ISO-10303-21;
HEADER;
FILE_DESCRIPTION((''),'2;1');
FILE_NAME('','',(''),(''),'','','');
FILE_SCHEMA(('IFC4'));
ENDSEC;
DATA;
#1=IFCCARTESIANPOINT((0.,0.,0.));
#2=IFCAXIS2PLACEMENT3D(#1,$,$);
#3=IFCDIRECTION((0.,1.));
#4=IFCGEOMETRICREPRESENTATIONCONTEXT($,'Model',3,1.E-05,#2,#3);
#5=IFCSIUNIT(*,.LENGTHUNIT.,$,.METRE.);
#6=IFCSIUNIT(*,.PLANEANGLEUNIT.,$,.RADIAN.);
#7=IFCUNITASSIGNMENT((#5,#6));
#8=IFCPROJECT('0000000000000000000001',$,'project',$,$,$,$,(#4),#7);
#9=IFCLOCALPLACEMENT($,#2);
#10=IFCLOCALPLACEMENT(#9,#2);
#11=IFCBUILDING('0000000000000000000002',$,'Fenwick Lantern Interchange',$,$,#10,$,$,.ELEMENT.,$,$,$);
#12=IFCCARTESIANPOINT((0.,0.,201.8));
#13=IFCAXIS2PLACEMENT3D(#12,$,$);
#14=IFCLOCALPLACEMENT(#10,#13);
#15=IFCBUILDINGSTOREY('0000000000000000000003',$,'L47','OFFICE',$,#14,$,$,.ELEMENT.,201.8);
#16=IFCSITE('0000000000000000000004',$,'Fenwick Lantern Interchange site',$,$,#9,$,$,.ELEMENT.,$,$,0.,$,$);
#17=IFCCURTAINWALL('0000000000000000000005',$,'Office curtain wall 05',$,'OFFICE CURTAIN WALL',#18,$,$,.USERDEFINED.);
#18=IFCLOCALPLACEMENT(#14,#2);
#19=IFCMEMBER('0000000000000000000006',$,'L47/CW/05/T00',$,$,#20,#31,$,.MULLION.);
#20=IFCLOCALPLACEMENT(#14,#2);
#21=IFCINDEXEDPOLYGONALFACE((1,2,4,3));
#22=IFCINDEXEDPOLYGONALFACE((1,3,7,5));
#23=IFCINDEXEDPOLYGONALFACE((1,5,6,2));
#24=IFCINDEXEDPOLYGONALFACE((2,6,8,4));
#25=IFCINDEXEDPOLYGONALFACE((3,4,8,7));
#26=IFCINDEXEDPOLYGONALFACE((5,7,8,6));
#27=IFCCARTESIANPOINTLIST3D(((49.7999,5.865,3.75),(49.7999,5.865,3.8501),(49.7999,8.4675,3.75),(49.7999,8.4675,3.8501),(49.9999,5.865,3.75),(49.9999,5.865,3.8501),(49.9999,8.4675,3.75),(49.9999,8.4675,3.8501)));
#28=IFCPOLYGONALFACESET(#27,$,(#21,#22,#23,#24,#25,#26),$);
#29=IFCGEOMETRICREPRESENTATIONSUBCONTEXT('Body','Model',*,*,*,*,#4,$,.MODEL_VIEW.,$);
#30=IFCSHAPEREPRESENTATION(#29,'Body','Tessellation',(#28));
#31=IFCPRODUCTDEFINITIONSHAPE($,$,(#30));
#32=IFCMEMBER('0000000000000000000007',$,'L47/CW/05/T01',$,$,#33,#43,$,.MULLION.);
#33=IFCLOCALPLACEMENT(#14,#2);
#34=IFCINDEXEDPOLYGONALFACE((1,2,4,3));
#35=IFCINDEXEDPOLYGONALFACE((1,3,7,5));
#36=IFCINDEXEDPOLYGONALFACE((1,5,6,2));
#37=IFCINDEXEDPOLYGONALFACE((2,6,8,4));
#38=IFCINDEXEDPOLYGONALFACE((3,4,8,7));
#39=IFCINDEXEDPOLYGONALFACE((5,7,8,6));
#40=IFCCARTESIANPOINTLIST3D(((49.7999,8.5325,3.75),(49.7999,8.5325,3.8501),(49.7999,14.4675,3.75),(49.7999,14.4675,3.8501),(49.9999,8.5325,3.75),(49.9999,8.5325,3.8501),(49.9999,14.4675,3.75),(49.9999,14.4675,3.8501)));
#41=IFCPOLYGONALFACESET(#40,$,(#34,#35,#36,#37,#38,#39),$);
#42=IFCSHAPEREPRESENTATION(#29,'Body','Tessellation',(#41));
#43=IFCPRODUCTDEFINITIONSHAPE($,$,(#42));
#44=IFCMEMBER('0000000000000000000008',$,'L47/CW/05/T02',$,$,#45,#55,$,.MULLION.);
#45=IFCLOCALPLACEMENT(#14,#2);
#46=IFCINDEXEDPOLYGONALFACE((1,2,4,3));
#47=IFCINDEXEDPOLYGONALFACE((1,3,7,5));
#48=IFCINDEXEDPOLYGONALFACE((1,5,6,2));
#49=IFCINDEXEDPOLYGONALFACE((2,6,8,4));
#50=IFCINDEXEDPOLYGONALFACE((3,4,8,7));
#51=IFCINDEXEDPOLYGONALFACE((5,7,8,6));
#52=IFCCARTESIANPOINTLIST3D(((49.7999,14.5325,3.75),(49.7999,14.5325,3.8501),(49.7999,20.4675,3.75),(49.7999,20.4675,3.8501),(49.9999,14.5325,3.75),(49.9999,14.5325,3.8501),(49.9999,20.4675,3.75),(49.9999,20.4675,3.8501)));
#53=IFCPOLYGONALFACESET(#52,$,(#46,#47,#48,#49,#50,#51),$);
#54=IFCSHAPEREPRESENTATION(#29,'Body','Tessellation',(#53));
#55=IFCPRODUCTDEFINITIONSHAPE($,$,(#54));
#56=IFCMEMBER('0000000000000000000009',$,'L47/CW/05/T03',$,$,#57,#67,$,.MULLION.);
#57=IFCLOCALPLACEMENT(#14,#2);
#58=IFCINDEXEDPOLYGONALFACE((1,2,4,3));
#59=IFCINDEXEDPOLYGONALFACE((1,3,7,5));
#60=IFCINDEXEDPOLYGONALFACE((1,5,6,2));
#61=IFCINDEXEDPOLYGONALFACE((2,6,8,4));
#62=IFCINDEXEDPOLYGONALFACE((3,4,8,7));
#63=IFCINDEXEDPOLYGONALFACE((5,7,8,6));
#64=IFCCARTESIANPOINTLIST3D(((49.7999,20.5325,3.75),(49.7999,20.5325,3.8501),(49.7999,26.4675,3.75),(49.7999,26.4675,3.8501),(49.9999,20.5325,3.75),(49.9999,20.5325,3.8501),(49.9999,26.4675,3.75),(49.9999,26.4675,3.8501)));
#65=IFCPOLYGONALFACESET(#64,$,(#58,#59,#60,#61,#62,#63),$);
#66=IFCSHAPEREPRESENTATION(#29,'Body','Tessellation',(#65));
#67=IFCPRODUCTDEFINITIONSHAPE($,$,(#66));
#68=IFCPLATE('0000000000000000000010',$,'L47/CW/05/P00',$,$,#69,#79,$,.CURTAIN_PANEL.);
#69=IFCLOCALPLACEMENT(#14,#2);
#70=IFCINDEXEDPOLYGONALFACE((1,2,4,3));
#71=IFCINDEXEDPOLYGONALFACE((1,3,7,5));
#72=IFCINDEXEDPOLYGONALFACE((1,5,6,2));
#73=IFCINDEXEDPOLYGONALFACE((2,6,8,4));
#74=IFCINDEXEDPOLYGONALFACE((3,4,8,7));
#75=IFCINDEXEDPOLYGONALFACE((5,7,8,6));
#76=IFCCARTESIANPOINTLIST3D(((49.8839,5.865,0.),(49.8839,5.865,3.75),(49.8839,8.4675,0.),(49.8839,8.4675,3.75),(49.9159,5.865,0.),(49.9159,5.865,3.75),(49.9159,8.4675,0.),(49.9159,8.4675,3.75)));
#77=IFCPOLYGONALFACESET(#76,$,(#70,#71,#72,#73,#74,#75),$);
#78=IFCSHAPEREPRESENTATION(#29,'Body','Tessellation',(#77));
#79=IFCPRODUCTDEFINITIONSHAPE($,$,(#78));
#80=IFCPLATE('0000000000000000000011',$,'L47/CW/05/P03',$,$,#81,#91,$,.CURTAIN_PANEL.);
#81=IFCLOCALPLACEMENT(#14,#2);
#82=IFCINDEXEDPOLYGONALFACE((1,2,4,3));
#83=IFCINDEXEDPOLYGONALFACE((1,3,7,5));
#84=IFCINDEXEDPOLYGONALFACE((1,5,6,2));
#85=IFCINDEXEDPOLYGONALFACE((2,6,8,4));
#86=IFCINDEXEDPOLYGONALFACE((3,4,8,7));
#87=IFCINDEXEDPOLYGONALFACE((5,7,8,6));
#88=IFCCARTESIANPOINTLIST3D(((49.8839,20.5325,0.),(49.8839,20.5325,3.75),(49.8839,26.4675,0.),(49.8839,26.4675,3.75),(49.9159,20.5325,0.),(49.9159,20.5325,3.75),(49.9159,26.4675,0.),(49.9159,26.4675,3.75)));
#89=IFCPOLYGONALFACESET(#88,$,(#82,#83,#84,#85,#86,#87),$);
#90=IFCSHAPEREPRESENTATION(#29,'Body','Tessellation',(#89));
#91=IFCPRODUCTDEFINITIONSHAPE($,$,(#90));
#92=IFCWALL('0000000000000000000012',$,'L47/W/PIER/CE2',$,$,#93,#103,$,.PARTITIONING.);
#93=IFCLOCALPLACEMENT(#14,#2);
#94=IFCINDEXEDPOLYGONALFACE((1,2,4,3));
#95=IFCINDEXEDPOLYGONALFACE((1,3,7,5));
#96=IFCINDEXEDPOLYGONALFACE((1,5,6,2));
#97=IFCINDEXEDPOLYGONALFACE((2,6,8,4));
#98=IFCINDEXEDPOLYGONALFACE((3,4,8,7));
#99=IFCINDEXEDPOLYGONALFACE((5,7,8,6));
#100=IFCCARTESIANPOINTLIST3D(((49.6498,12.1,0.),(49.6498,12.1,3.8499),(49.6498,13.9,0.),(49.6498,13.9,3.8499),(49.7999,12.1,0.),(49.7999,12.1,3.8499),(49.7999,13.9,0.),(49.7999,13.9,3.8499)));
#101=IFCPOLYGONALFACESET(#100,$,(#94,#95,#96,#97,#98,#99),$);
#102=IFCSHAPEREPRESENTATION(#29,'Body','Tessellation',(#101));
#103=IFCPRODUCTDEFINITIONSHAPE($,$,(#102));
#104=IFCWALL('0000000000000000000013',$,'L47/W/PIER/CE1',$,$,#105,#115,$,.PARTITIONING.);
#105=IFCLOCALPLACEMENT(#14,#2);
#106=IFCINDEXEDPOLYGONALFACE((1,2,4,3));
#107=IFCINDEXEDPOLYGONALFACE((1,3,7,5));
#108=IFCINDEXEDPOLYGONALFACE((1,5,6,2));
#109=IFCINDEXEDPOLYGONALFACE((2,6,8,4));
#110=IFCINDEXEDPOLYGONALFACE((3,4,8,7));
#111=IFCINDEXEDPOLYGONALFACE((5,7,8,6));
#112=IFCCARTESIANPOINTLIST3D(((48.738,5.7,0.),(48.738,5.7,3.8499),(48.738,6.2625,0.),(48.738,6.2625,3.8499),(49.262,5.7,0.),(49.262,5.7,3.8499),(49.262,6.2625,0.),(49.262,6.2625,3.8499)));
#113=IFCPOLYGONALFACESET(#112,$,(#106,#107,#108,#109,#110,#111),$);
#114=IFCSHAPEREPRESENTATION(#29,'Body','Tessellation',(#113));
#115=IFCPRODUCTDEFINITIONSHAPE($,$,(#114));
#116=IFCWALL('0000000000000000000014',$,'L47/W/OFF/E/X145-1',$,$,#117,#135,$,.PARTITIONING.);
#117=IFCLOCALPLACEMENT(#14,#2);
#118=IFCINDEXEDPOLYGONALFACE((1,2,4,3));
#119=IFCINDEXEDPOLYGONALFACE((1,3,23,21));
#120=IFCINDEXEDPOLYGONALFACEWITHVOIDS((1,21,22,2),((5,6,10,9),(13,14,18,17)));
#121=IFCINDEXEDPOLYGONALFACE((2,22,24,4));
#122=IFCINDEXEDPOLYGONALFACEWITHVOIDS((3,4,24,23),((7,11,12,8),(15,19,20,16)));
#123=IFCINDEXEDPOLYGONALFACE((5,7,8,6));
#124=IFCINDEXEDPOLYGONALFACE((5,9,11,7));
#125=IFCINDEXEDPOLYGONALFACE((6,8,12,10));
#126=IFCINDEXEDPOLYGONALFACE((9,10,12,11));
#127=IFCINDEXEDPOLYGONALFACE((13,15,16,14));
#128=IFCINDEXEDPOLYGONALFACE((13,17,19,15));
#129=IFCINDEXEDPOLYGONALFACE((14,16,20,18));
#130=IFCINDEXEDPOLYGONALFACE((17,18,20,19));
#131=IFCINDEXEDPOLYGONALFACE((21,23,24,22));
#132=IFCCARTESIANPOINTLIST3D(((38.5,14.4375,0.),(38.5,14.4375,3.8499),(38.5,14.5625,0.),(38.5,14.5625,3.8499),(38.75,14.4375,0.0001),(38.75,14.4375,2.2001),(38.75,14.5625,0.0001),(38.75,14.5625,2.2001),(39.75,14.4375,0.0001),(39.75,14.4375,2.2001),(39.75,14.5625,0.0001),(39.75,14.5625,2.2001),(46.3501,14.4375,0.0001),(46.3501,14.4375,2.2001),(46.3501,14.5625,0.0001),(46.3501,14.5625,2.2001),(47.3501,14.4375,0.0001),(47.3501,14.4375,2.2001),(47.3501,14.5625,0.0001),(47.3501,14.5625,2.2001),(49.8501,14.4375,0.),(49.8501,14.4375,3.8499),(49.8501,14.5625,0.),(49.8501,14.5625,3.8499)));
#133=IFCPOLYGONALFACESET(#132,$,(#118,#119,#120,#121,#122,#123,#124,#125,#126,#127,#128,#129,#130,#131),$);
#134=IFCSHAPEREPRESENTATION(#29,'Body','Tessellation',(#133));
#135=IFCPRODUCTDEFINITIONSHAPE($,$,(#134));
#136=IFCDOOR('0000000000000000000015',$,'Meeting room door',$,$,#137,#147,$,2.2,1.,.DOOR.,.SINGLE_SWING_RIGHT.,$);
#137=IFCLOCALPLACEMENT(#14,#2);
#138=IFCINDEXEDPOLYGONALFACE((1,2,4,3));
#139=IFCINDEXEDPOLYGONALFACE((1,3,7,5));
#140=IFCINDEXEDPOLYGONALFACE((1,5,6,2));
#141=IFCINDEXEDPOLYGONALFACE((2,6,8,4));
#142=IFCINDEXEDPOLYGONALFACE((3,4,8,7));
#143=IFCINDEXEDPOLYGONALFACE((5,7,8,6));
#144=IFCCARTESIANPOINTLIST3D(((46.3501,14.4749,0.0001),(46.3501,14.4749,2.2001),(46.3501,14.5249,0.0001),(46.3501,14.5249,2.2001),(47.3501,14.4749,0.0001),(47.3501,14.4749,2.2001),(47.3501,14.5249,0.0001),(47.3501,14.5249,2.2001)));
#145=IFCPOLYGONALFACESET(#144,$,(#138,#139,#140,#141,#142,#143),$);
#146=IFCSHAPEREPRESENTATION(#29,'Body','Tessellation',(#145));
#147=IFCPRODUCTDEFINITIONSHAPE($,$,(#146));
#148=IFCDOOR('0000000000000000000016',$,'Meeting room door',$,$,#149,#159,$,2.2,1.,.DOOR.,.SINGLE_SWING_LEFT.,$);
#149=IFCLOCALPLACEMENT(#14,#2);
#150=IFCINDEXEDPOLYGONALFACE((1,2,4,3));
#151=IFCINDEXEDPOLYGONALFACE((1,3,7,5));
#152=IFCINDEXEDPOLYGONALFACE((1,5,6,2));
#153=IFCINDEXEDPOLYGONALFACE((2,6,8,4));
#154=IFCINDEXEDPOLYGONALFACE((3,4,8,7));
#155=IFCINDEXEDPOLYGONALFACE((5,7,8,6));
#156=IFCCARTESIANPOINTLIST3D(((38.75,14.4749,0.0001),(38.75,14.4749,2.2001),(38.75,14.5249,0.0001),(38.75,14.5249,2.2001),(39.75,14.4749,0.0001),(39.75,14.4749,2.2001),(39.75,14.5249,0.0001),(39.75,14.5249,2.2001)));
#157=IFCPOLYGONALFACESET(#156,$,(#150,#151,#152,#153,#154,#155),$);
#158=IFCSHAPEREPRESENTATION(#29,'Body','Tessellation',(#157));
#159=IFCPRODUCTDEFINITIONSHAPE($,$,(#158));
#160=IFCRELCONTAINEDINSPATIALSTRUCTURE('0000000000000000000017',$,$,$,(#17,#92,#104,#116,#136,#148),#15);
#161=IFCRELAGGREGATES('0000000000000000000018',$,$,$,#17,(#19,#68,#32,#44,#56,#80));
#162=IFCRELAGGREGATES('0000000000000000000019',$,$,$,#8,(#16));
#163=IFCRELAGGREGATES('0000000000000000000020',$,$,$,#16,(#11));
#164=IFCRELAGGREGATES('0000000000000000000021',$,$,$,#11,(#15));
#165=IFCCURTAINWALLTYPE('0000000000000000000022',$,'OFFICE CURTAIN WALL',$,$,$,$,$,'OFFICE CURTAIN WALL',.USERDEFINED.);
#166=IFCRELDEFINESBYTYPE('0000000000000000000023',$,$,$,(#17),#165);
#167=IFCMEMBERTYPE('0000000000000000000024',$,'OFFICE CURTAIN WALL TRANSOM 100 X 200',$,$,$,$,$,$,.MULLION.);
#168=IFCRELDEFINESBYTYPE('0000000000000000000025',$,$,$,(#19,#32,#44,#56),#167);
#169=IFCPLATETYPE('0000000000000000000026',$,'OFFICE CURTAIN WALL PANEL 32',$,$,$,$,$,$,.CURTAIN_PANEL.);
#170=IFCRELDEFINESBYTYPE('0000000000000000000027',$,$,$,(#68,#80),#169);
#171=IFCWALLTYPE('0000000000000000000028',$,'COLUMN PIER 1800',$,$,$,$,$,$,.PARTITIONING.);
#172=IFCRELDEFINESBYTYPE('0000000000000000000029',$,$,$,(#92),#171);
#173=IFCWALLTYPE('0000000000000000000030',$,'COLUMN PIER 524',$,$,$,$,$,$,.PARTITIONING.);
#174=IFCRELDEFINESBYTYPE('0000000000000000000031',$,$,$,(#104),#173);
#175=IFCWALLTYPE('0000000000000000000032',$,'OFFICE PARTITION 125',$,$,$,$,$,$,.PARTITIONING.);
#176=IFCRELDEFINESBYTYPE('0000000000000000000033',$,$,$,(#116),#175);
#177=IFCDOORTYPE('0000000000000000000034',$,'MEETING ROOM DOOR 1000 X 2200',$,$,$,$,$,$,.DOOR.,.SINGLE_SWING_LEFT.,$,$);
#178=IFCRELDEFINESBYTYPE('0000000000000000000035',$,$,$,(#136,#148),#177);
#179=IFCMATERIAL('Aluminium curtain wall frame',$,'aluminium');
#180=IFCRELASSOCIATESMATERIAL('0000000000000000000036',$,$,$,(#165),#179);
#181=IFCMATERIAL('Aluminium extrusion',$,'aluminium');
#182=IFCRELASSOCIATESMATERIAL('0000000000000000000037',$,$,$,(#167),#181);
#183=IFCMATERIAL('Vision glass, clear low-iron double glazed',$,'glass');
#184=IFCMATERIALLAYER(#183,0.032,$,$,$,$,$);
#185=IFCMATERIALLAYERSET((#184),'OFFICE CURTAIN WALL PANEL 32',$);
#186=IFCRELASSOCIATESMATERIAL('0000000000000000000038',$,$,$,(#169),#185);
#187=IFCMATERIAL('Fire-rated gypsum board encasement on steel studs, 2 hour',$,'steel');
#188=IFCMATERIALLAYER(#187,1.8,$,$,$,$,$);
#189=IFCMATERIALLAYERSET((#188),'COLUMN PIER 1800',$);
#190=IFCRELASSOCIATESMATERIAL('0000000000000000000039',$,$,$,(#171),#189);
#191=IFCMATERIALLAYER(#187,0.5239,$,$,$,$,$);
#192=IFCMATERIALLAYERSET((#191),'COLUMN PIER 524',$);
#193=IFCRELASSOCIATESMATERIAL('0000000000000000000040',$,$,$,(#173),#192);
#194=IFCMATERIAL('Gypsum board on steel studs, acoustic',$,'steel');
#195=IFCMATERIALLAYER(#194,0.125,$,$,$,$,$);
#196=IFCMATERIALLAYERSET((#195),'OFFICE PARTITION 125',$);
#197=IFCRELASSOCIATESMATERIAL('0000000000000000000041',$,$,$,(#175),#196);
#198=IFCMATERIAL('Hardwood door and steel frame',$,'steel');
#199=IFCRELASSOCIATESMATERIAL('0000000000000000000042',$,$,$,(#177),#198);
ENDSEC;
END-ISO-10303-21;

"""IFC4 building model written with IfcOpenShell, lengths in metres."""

from ifc_helpers import new_model, si_unit, direction, frame, frame_2d, origin, origin_2d, place, context, subcontext, project, spatial, rectangle, extrude, material, layer, layer_set, material_profile, profile_set, type_object, element, fill, aggregate, save


model = new_model("IFC4")

# Units and contexts
model_context = context("Model", 3, precision=1e-05, world=origin(), true_north=direction((0.0, 1.0)))
body_context = subcontext(model_context, "Body", "Model", "MODEL_VIEW")
ifc_project = project(units=[si_unit("LENGTHUNIT", "METRE"), si_unit("PLANEANGLEUNIT", "RADIAN")], contexts=[model_context])

# Site, building, storey
site_placement = place(None, origin())
site = spatial("IfcSite", under=ifc_project, at=site_placement, Name="Fenwick Lantern Interchange site", CompositionType="ELEMENT", RefElevation=0.0)
building_placement = place(site_placement, origin())
building = spatial("IfcBuilding", under=site, at=building_placement, Name="Fenwick Lantern Interchange", CompositionType="ELEMENT")
storey_placement = place(building_placement, frame((0.0, 0.0, 201.8)))
storey = spatial("IfcBuildingStorey", under=building, at=storey_placement, Name="L47", Description="OFFICE", CompositionType="ELEMENT", Elevation=201.8)

# Curtain wall, members, plates
ifc_material_1 = material(Name="Aluminium curtain wall frame", Category="aluminium")
curtain_wall_type = type_object("IfcCurtainWallType", Name="OFFICE CURTAIN WALL", ElementType="OFFICE CURTAIN WALL", PredefinedType="USERDEFINED", material=ifc_material_1)
curtain_wall_placement = place(storey_placement, origin())
curtain_wall = element("IfcCurtainWall", 1, at=curtain_wall_placement, inside=storey, type_object=curtain_wall_type, Name="Office curtain wall 05", ObjectType="OFFICE CURTAIN WALL", PredefinedType="USERDEFINED")
ifc_material_2 = material(Name="Aluminium extrusion", Category="aluminium")
ifc_material_profile_1 = material_profile(ifc_material_2, rectangle(XDim=0.2, YDim=0.1001, at=origin_2d()), Name="OFFICE CURTAIN WALL TRANSOM 100 X 200")
ifc_profile_set_1 = profile_set([ifc_material_profile_1], Name="Aluminium extrusion")
member_type_1 = type_object("IfcMemberType", Name="OFFICE CURTAIN WALL TRANSOM 100 X 200", PredefinedType="MULLION", material=ifc_profile_set_1)
member_1_placement = place(storey_placement, frame((49.8999, 5.865, 3.8), z_axis=(0.0, 1.0, 0.0), x_axis=(-1.0, 0.0, 0.0)))
member_1 = element("IfcMember", 2, at=member_1_placement, type_object=member_type_1, Name="L47/CW/05/T00", PredefinedType="MULLION", context=body_context, shape_type="SweptSolid", body=[
    extrude(rectangle(XDim=0.2, YDim=0.1001, at=origin_2d()), origin(), (0.0, 0.0, 1.0), 2.6025),
])
member_2_placement = place(storey_placement, frame((49.8999, 8.5325, 3.8), z_axis=(0.0, 1.0, 0.0), x_axis=(-1.0, 0.0, 0.0)))
member_2 = element("IfcMember", 3, at=member_2_placement, type_object=member_type_1, Name="L47/CW/05/T01", PredefinedType="MULLION", context=body_context, shape_type="SweptSolid", body=[
    extrude(rectangle(XDim=0.2, YDim=0.1001, at=origin_2d()), origin(), (0.0, 0.0, 1.0), 5.9351),
])
member_3_placement = place(storey_placement, frame((49.8999, 14.5325, 3.8), z_axis=(0.0, 1.0, 0.0), x_axis=(-1.0, 0.0, 0.0)))
member_3 = element("IfcMember", 4, at=member_3_placement, type_object=member_type_1, Name="L47/CW/05/T02", PredefinedType="MULLION", context=body_context, shape_type="SweptSolid", body=[
    extrude(rectangle(XDim=0.2, YDim=0.1001, at=origin_2d()), origin(), (0.0, 0.0, 1.0), 5.9351),
])
member_4_placement = place(storey_placement, frame((49.8999, 20.5325, 3.8), z_axis=(0.0, 1.0, 0.0), x_axis=(-1.0, 0.0, 0.0)))
member_4 = element("IfcMember", 5, at=member_4_placement, type_object=member_type_1, Name="L47/CW/05/T03", PredefinedType="MULLION", context=body_context, shape_type="SweptSolid", body=[
    extrude(rectangle(XDim=0.2, YDim=0.1001, at=origin_2d()), origin(), (0.0, 0.0, 1.0), 5.9351),
])
ifc_material_3 = material(Name="Vision glass, clear low-iron double glazed", Category="glass")
ifc_layer_1 = layer(ifc_material_3, 0.032)
ifc_layer_set_1 = layer_set([ifc_layer_1], Name="OFFICE CURTAIN WALL PANEL 32")
plate_type = type_object("IfcPlateType", Name="OFFICE CURTAIN WALL PANEL 32", PredefinedType="CURTAIN_PANEL", material=ifc_layer_set_1)
plate_1_placement = place(storey_placement, frame((49.8999, 7.1663, 0.0), z_axis=(0.0, 0.0, 1.0), x_axis=(0.0, 1.0, 0.0)))
plate_1 = element("IfcPlate", 6, at=plate_1_placement, type_object=plate_type, Name="L47/CW/05/P00", PredefinedType="CURTAIN_PANEL", context=body_context, shape_type="SweptSolid", body=[
    extrude(rectangle(XDim=2.6025, YDim=0.032, at=origin_2d()), origin(), (0.0, 0.0, 1.0), 3.75),
])
plate_2_placement = place(storey_placement, frame((49.8999, 23.5, 0.0), z_axis=(0.0, 0.0, 1.0), x_axis=(0.0, 1.0, 0.0)))
plate_2 = element("IfcPlate", 7, at=plate_2_placement, type_object=plate_type, Name="L47/CW/05/P03", PredefinedType="CURTAIN_PANEL", context=body_context, shape_type="SweptSolid", body=[
    extrude(rectangle(XDim=5.9351, YDim=0.032, at=origin_2d()), origin(), (0.0, 0.0, 1.0), 3.75),
])
aggregate(curtain_wall, [member_1, plate_1, member_2, member_3, member_4, plate_2])

# Walls
ifc_material_4 = material(Name="Fire-rated gypsum board encasement on steel studs, 2 hour", Category="steel")
ifc_layer_2 = layer(ifc_material_4, 1.8)
ifc_layer_set_2 = layer_set([ifc_layer_2], Name="COLUMN PIER 1800")
wall_type_1 = type_object("IfcWallType", Name="COLUMN PIER 1800", PredefinedType="PARTITIONING", material=ifc_layer_set_2)
wall_1_placement = place(storey_placement, frame((49.8, 13.0, 0.0), z_axis=(0.0, 0.0, 1.0), x_axis=(-1.0, 0.0, 0.0)))
element("IfcWall", 8, at=wall_1_placement, inside=storey, type_object=wall_type_1, Name="L47/W/PIER/CE2", PredefinedType="PARTITIONING", context=body_context, shape_type="SweptSolid", body=[
    extrude(rectangle(XDim=0.1501, YDim=1.8, at=frame_2d((0.0752, 0.0))), origin(), (0.0, 0.0, 1.0), 3.8499),
])
ifc_layer_3 = layer(ifc_material_4, 0.5239)
ifc_layer_set_3 = layer_set([ifc_layer_3], Name="COLUMN PIER 524")
wall_type_2 = type_object("IfcWallType", Name="COLUMN PIER 524", PredefinedType="PARTITIONING", material=ifc_layer_set_3)
wall_2_placement = place(storey_placement, frame((49.0, 5.7, 0.0), z_axis=(0.0, 0.0, 1.0), x_axis=(0.0, 1.0, 0.0)))
element("IfcWall", 9, at=wall_2_placement, inside=storey, type_object=wall_type_2, Name="L47/W/PIER/CE1", PredefinedType="PARTITIONING", context=body_context, shape_type="SweptSolid", body=[
    extrude(rectangle(XDim=0.5625, YDim=0.5239, at=frame_2d((0.2812, 0.0))), origin(), (0.0, 0.0, 1.0), 3.8499),
])

# Wall, openings, doors
ifc_material_5 = material(Name="Gypsum board on steel studs, acoustic", Category="steel")
ifc_layer_4 = layer(ifc_material_5, 0.125)
ifc_layer_set_4 = layer_set([ifc_layer_4], Name="OFFICE PARTITION 125")
wall_type_3 = type_object("IfcWallType", Name="OFFICE PARTITION 125", PredefinedType="PARTITIONING", material=ifc_layer_set_4)
wall_3_placement = place(storey_placement, frame((49.8501, 14.5, 0.0), z_axis=(0.0, 0.0, 1.0), x_axis=(-1.0, 0.0, 0.0)))
wall_3 = element("IfcWall", 10, at=wall_3_placement, inside=storey, type_object=wall_type_3, Name="L47/W/OFF/E/X145-1", PredefinedType="PARTITIONING", context=body_context, shape_type="SweptSolid", body=[
    extrude(rectangle(XDim=11.3501, YDim=0.125, at=frame_2d((5.675, 0.0))), origin(), (0.0, 0.0, 1.0), 3.8499),
])
opening_1_placement = place(wall_3_placement, frame((2.5, 0.0, 0.0)))
opening_1 = element("IfcOpeningElement", 11, at=opening_1_placement, cuts=wall_3, PredefinedType="OPENING", context=body_context, shape_type="SweptSolid", body=[
    extrude(rectangle(XDim=1.0, YDim=2.2, at=frame_2d((0.5, 1.1001))), frame((0.0, 0.0725, 0.0), z_axis=(0.0, -1.0, 0.0), x_axis=(1.0, 0.0, 0.0)), (0.0, 0.0, 1.0), 0.145),
])
opening_2_placement = place(wall_3_placement, frame((10.1001, 0.0, 0.0)))
opening_2 = element("IfcOpeningElement", 12, at=opening_2_placement, cuts=wall_3, PredefinedType="OPENING", context=body_context, shape_type="SweptSolid", body=[
    extrude(rectangle(XDim=1.0, YDim=2.2, at=frame_2d((0.5, 1.1001))), frame((0.0, 0.0725, 0.0), z_axis=(0.0, -1.0, 0.0), x_axis=(1.0, 0.0, 0.0)), (0.0, 0.0, 1.0), 0.145),
])
ifc_material_6 = material(Name="Hardwood door and steel frame", Category="steel")
door_type = type_object("IfcDoorType", Name="MEETING ROOM DOOR 1000 X 2200", OperationType="SINGLE_SWING_LEFT", PredefinedType="DOOR", material=ifc_material_6)
door_1_placement = place(opening_1_placement, frame((1.0, 0.0, 0.0), z_axis=(0.0, 0.0, 1.0), x_axis=(-1.0, 0.0, 0.0)))
door_1 = element("IfcDoor", 13, at=door_1_placement, inside=storey, type_object=door_type, Name="Meeting room door", OperationType="SINGLE_SWING_RIGHT", OverallHeight=2.2, OverallWidth=1.0, PredefinedType="DOOR", context=body_context, shape_type="SweptSolid", body=[
    extrude(rectangle(XDim=1.0, YDim=2.2, at=frame_2d((0.5, 1.1001))), frame((0.0, 0.0249, 0.0), z_axis=(0.0, -1.0, 0.0), x_axis=(1.0, 0.0, 0.0)), (0.0, 0.0, 1.0), 0.05),
])
fill(opening_1, door_1)
door_2_placement = place(opening_2_placement, frame((1.0, 0.0, 0.0), z_axis=(0.0, 0.0, 1.0), x_axis=(-1.0, 0.0, 0.0)))
door_2 = element("IfcDoor", 14, at=door_2_placement, inside=storey, type_object=door_type, Name="Meeting room door", OperationType="SINGLE_SWING_LEFT", OverallHeight=2.2, OverallWidth=1.0, PredefinedType="DOOR", context=body_context, shape_type="SweptSolid", body=[
    extrude(rectangle(XDim=1.0, YDim=2.2, at=frame_2d((0.5, 1.1001))), frame((0.0, 0.0249, 0.0), z_axis=(0.0, -1.0, 0.0), x_axis=(1.0, 0.0, 0.0)), (0.0, 0.0, 1.0), 0.05),
])
fill(opening_2, door_2)

save(model, "model.ifc")
